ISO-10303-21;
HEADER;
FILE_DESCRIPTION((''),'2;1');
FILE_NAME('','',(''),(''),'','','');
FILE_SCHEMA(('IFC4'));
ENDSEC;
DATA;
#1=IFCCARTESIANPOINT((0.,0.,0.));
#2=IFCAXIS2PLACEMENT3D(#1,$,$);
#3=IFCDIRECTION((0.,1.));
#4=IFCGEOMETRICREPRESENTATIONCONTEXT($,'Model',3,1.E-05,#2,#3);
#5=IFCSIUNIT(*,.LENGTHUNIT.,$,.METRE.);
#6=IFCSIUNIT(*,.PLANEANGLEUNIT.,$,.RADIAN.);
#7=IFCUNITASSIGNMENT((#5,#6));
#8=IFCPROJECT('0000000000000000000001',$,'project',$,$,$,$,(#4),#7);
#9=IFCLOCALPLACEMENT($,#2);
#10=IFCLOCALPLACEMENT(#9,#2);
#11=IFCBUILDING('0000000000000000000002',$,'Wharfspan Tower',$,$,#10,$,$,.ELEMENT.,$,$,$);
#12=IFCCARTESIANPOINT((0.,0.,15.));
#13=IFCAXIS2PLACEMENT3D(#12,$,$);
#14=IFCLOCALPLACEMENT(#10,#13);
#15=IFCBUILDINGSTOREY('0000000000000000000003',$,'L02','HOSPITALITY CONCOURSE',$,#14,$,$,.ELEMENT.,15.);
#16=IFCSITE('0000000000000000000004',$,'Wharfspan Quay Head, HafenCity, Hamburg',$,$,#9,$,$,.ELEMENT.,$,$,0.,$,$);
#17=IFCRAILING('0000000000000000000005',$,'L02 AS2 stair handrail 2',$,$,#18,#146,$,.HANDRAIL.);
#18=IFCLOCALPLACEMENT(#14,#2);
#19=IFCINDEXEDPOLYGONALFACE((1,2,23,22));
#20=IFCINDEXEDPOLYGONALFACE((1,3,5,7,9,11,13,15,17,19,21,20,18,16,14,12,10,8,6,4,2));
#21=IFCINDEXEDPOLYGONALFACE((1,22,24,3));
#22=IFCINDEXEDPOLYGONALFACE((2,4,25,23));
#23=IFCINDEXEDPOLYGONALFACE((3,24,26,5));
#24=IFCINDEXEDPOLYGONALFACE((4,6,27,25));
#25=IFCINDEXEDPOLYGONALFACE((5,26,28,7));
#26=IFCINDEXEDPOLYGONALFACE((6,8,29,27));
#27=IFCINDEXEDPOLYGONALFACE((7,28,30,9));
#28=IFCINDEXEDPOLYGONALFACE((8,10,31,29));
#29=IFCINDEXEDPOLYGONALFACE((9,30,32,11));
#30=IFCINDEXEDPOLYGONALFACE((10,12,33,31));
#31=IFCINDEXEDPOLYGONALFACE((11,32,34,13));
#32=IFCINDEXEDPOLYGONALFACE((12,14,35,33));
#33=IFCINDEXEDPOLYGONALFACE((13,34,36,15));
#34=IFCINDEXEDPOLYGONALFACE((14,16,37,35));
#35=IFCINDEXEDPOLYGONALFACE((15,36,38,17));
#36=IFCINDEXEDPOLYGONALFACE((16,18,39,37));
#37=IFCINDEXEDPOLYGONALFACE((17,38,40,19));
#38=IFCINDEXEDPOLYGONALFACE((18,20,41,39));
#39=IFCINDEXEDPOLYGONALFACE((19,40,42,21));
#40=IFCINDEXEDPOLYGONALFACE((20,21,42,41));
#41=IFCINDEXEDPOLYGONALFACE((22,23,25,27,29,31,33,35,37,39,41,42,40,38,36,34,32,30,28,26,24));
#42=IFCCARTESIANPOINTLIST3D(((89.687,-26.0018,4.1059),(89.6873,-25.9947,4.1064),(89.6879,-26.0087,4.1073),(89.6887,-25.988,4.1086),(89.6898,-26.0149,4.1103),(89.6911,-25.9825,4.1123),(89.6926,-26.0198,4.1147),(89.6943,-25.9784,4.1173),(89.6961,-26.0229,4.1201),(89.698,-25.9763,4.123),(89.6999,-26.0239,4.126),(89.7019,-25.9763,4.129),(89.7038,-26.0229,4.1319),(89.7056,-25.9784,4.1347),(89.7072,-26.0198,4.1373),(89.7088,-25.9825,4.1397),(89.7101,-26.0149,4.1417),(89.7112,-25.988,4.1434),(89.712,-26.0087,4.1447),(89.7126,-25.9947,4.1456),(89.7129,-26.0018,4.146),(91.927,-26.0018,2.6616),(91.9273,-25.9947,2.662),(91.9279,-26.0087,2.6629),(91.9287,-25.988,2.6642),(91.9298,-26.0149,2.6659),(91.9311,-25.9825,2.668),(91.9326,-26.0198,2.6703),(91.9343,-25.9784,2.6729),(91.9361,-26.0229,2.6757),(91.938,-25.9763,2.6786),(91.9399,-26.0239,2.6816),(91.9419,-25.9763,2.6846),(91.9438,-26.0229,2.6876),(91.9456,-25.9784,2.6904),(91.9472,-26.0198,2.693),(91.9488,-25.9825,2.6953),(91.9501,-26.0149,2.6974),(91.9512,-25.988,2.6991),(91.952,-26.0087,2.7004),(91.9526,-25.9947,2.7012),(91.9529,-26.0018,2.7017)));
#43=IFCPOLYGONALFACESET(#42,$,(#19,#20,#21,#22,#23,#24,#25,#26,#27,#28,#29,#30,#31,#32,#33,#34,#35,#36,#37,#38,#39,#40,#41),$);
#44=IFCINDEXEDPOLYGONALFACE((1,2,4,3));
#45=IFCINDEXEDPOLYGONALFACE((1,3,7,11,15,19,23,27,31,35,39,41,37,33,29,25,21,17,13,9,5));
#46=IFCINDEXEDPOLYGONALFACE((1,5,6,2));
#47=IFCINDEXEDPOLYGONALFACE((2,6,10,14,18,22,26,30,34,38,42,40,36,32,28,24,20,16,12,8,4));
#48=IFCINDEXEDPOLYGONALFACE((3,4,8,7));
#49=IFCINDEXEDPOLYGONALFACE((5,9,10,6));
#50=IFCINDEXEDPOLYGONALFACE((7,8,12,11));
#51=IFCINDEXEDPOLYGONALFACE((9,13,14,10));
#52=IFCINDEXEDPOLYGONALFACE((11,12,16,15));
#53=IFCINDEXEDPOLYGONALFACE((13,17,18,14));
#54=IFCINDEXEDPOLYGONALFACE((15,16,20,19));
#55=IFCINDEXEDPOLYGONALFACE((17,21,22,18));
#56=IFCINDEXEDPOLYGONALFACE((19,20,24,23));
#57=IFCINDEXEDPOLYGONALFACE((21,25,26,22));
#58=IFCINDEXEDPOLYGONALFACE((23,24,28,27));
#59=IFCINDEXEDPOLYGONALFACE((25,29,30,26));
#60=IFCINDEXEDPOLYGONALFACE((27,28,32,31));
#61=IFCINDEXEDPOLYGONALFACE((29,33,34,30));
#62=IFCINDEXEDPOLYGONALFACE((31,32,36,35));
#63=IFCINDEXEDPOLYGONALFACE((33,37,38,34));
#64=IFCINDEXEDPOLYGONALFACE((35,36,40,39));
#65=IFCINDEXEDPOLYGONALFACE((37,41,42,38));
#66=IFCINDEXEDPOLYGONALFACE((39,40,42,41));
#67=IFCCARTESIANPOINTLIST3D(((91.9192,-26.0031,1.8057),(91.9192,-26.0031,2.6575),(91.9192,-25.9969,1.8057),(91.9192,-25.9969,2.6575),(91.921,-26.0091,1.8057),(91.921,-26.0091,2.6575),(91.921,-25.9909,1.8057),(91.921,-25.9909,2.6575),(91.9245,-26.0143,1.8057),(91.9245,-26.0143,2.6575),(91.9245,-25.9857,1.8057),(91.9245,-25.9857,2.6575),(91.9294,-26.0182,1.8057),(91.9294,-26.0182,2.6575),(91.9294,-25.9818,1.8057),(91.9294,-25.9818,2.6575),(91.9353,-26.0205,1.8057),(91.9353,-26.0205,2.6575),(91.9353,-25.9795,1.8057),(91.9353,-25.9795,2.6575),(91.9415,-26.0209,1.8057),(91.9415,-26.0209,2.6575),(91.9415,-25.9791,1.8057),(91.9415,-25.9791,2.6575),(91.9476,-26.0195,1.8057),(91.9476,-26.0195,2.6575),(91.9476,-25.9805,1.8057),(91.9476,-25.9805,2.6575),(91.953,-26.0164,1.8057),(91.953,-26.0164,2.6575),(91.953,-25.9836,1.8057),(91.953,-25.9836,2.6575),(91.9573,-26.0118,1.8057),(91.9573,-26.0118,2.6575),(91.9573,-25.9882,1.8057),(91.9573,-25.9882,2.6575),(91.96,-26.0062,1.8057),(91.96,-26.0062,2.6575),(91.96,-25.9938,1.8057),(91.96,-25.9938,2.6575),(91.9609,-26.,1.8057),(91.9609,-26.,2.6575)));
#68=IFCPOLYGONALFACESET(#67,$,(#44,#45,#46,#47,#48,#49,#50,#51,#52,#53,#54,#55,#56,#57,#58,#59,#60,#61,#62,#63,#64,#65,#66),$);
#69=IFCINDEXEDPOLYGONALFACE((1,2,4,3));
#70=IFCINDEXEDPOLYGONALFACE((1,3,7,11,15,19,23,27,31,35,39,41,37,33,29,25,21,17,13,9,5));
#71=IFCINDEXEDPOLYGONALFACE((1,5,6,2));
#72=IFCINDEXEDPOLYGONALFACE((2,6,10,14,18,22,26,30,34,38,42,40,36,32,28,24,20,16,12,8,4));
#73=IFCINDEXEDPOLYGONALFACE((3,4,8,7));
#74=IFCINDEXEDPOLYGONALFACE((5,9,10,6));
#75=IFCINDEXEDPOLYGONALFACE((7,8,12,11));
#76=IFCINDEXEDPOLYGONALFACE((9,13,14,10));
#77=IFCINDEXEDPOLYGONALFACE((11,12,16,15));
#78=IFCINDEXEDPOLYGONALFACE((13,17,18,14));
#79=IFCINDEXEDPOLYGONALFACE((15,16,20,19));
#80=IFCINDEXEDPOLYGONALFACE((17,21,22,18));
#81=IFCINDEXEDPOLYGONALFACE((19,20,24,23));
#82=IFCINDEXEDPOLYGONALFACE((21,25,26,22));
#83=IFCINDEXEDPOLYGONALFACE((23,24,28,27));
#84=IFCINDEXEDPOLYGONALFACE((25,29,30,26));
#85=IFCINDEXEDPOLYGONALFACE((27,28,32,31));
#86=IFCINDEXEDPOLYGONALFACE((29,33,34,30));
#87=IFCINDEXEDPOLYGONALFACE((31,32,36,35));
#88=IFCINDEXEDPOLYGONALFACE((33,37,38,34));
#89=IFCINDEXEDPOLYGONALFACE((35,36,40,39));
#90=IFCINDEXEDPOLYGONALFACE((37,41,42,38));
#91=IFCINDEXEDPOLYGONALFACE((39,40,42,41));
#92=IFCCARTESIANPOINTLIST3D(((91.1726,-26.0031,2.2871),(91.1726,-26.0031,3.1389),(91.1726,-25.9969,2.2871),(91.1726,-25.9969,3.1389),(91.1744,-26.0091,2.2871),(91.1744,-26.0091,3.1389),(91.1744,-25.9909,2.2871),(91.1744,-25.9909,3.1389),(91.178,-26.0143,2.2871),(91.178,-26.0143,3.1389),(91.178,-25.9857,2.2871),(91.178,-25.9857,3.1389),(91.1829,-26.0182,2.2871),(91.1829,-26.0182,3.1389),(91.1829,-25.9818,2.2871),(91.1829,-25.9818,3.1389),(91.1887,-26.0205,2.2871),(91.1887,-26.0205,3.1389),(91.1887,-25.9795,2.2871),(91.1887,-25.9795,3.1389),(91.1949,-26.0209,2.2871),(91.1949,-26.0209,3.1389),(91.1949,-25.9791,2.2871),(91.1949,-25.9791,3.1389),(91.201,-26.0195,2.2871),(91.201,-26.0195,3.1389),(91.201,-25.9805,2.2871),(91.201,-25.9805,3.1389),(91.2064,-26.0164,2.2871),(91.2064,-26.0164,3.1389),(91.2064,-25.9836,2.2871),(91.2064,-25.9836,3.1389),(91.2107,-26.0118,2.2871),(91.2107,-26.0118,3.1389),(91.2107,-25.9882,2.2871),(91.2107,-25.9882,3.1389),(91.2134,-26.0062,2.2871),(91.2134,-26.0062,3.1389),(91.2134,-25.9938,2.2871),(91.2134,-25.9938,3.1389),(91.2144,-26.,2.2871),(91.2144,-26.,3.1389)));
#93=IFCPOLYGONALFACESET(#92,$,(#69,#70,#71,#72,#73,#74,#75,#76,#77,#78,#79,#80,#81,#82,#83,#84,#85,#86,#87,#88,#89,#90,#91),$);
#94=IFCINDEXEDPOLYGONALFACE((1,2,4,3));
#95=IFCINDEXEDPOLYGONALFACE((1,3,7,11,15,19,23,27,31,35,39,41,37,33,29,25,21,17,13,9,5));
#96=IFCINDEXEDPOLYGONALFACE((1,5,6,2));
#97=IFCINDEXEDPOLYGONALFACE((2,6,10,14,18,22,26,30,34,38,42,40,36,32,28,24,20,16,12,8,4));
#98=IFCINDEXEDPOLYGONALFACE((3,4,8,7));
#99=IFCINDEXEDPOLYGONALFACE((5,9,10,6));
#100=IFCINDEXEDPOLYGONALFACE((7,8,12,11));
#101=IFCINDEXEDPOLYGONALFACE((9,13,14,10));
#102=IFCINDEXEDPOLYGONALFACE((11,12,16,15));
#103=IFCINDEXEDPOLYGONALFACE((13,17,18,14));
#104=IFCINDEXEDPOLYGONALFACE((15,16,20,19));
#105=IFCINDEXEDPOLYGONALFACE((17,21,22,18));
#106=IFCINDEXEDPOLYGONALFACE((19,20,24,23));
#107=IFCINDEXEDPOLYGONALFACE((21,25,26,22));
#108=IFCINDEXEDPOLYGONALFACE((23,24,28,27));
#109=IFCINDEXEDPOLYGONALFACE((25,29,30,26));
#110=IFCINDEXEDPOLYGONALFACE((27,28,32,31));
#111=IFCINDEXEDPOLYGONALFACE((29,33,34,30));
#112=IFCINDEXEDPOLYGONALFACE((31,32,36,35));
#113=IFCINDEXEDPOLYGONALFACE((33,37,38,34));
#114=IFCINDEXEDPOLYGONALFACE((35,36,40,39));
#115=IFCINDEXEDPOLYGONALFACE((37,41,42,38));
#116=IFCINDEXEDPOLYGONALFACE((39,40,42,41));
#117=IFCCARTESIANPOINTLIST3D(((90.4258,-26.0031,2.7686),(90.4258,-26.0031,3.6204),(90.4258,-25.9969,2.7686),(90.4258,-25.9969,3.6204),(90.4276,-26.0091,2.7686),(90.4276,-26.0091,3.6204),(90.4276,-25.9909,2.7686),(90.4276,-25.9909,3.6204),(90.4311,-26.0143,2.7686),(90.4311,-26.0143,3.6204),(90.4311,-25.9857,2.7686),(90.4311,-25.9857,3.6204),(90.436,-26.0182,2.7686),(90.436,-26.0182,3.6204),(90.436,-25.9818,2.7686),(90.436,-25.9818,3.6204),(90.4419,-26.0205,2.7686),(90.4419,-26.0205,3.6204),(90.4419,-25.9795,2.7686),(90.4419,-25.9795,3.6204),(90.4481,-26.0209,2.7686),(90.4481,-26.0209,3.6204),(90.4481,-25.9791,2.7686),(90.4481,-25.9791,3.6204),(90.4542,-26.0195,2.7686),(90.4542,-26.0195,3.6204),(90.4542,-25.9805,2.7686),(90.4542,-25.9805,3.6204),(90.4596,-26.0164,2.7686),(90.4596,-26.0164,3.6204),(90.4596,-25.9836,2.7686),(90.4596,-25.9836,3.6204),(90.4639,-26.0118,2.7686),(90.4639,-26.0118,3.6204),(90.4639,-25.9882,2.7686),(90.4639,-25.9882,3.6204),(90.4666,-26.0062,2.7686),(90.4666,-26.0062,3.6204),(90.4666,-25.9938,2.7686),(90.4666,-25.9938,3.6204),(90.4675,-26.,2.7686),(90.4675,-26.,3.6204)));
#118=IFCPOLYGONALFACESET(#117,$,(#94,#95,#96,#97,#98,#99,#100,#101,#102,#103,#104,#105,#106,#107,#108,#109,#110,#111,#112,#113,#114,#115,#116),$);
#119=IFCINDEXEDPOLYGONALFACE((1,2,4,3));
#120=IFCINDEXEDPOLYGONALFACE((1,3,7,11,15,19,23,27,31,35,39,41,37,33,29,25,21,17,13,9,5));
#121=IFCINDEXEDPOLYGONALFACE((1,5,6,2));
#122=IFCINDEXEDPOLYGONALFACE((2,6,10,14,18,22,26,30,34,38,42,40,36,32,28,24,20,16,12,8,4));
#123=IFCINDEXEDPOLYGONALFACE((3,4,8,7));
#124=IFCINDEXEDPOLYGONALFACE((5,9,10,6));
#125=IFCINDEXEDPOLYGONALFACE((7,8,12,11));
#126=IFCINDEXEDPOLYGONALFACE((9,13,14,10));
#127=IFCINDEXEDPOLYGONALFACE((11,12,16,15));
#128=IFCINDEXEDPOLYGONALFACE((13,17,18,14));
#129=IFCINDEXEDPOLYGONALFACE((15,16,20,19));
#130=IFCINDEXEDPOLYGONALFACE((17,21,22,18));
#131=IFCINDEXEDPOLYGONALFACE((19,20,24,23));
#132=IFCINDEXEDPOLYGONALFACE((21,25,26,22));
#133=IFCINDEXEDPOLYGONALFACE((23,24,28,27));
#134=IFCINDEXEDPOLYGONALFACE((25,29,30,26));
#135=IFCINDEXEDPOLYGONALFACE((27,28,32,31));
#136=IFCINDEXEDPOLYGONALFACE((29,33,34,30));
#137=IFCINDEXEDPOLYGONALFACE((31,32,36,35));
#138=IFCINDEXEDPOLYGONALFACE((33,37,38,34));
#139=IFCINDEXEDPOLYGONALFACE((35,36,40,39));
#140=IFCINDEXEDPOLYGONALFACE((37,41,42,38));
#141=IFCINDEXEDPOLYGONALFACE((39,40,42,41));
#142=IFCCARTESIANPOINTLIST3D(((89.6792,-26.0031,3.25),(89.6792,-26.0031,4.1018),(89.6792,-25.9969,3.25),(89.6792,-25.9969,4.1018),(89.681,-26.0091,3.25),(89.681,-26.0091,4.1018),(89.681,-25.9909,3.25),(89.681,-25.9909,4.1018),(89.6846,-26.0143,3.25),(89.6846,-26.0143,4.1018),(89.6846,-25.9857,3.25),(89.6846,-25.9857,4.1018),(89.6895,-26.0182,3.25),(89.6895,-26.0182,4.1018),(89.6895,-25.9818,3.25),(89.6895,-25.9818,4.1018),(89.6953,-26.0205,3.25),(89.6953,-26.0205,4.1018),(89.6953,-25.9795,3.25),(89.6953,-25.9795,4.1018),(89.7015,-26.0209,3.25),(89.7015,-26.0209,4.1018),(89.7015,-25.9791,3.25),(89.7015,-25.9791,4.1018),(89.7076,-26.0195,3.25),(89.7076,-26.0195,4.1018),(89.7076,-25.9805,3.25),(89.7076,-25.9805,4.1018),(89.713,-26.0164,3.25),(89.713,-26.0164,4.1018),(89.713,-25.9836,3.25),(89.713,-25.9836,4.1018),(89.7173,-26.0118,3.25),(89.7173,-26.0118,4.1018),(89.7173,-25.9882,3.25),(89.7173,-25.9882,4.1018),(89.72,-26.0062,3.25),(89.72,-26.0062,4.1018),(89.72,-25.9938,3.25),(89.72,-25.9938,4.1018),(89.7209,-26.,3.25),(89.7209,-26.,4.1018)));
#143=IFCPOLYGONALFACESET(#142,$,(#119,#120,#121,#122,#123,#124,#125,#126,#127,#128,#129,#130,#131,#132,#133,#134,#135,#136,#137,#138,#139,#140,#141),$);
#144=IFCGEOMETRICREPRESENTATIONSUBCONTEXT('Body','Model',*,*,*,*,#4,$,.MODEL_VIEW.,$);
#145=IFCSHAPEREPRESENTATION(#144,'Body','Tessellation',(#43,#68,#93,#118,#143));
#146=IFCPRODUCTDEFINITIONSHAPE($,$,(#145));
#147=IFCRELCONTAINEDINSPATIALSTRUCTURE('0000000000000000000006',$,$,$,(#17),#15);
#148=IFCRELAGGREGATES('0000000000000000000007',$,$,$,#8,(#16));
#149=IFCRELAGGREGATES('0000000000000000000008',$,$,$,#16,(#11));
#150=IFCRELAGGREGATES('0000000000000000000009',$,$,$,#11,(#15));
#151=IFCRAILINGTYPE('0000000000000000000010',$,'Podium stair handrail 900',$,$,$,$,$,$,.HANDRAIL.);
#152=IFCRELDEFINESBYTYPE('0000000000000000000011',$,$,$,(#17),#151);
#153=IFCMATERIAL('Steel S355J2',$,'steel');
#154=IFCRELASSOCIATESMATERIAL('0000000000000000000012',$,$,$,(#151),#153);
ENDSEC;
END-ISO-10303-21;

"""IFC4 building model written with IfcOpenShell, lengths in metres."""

from ifc_helpers import new_model, si_unit, direction, frame, origin, origin_2d, place, context, subcontext, project, spatial, circle, extrude, material, type_object, element, save


model = new_model("IFC4")

# Units and contexts
model_context = context("Model", 3, precision=1e-05, world=origin(), true_north=direction((0.0, 1.0)))
body_context = subcontext(model_context, "Body", "Model", "MODEL_VIEW")
ifc_project = project(units=[si_unit("LENGTHUNIT", "METRE"), si_unit("PLANEANGLEUNIT", "RADIAN")], contexts=[model_context])

# Site, building, storey
site_placement = place(None, origin())
site = spatial("IfcSite", under=ifc_project, at=site_placement, Name="Wharfspan Quay Head, HafenCity, Hamburg", CompositionType="ELEMENT", RefElevation=0.0)
building_placement = place(site_placement, origin())
building = spatial("IfcBuilding", under=site, at=building_placement, Name="Wharfspan Tower", CompositionType="ELEMENT")
storey_placement = place(building_placement, frame((0.0, 0.0, 15.0)))
storey = spatial("IfcBuildingStorey", under=building, at=storey_placement, Name="L02", Description="HOSPITALITY CONCOURSE", CompositionType="ELEMENT", Elevation=15.0)

# Railing
ifc_material_1 = material(Name="Steel S355J2", Category="steel")
railing_type_1 = type_object("IfcRailingType", Name="Podium stair handrail 900", PredefinedType="HANDRAIL", material=ifc_material_1)
railing_1_placement = place(storey_placement, frame((91.9399, -26.0, 1.8057)))
element("IfcRailing", 1, at=railing_1_placement, inside=storey, type_object=railing_type_1, Name="L02 AS2 stair handrail 2", PredefinedType="HANDRAIL", context=body_context, shape_type="SweptSolid", body=[
    extrude(circle(Radius=0.0239, at=origin_2d()), frame((0.0, 0.0, 0.876), z_axis=(-0.840437, 0.0, 0.54191), x_axis=(0.0, -1.0, 0.0)), (0.0, 0.0, 1.0), 2.6653),
    extrude(circle(Radius=0.021, at=origin_2d()), origin(), (0.0, 0.0, 1.0), 0.8518),
    extrude(circle(Radius=0.021, at=origin_2d()), frame((-0.7466, 0.0, 0.4814)), (0.0, 0.0, 1.0), 0.8518),
    extrude(circle(Radius=0.021, at=origin_2d()), frame((-1.4934, 0.0, 0.9629)), (0.0, 0.0, 1.0), 0.8518),
    extrude(circle(Radius=0.021, at=origin_2d()), frame((-2.24, 0.0, 1.4443)), (0.0, 0.0, 1.0), 0.8518),
])

save(model, "model.ifc")
